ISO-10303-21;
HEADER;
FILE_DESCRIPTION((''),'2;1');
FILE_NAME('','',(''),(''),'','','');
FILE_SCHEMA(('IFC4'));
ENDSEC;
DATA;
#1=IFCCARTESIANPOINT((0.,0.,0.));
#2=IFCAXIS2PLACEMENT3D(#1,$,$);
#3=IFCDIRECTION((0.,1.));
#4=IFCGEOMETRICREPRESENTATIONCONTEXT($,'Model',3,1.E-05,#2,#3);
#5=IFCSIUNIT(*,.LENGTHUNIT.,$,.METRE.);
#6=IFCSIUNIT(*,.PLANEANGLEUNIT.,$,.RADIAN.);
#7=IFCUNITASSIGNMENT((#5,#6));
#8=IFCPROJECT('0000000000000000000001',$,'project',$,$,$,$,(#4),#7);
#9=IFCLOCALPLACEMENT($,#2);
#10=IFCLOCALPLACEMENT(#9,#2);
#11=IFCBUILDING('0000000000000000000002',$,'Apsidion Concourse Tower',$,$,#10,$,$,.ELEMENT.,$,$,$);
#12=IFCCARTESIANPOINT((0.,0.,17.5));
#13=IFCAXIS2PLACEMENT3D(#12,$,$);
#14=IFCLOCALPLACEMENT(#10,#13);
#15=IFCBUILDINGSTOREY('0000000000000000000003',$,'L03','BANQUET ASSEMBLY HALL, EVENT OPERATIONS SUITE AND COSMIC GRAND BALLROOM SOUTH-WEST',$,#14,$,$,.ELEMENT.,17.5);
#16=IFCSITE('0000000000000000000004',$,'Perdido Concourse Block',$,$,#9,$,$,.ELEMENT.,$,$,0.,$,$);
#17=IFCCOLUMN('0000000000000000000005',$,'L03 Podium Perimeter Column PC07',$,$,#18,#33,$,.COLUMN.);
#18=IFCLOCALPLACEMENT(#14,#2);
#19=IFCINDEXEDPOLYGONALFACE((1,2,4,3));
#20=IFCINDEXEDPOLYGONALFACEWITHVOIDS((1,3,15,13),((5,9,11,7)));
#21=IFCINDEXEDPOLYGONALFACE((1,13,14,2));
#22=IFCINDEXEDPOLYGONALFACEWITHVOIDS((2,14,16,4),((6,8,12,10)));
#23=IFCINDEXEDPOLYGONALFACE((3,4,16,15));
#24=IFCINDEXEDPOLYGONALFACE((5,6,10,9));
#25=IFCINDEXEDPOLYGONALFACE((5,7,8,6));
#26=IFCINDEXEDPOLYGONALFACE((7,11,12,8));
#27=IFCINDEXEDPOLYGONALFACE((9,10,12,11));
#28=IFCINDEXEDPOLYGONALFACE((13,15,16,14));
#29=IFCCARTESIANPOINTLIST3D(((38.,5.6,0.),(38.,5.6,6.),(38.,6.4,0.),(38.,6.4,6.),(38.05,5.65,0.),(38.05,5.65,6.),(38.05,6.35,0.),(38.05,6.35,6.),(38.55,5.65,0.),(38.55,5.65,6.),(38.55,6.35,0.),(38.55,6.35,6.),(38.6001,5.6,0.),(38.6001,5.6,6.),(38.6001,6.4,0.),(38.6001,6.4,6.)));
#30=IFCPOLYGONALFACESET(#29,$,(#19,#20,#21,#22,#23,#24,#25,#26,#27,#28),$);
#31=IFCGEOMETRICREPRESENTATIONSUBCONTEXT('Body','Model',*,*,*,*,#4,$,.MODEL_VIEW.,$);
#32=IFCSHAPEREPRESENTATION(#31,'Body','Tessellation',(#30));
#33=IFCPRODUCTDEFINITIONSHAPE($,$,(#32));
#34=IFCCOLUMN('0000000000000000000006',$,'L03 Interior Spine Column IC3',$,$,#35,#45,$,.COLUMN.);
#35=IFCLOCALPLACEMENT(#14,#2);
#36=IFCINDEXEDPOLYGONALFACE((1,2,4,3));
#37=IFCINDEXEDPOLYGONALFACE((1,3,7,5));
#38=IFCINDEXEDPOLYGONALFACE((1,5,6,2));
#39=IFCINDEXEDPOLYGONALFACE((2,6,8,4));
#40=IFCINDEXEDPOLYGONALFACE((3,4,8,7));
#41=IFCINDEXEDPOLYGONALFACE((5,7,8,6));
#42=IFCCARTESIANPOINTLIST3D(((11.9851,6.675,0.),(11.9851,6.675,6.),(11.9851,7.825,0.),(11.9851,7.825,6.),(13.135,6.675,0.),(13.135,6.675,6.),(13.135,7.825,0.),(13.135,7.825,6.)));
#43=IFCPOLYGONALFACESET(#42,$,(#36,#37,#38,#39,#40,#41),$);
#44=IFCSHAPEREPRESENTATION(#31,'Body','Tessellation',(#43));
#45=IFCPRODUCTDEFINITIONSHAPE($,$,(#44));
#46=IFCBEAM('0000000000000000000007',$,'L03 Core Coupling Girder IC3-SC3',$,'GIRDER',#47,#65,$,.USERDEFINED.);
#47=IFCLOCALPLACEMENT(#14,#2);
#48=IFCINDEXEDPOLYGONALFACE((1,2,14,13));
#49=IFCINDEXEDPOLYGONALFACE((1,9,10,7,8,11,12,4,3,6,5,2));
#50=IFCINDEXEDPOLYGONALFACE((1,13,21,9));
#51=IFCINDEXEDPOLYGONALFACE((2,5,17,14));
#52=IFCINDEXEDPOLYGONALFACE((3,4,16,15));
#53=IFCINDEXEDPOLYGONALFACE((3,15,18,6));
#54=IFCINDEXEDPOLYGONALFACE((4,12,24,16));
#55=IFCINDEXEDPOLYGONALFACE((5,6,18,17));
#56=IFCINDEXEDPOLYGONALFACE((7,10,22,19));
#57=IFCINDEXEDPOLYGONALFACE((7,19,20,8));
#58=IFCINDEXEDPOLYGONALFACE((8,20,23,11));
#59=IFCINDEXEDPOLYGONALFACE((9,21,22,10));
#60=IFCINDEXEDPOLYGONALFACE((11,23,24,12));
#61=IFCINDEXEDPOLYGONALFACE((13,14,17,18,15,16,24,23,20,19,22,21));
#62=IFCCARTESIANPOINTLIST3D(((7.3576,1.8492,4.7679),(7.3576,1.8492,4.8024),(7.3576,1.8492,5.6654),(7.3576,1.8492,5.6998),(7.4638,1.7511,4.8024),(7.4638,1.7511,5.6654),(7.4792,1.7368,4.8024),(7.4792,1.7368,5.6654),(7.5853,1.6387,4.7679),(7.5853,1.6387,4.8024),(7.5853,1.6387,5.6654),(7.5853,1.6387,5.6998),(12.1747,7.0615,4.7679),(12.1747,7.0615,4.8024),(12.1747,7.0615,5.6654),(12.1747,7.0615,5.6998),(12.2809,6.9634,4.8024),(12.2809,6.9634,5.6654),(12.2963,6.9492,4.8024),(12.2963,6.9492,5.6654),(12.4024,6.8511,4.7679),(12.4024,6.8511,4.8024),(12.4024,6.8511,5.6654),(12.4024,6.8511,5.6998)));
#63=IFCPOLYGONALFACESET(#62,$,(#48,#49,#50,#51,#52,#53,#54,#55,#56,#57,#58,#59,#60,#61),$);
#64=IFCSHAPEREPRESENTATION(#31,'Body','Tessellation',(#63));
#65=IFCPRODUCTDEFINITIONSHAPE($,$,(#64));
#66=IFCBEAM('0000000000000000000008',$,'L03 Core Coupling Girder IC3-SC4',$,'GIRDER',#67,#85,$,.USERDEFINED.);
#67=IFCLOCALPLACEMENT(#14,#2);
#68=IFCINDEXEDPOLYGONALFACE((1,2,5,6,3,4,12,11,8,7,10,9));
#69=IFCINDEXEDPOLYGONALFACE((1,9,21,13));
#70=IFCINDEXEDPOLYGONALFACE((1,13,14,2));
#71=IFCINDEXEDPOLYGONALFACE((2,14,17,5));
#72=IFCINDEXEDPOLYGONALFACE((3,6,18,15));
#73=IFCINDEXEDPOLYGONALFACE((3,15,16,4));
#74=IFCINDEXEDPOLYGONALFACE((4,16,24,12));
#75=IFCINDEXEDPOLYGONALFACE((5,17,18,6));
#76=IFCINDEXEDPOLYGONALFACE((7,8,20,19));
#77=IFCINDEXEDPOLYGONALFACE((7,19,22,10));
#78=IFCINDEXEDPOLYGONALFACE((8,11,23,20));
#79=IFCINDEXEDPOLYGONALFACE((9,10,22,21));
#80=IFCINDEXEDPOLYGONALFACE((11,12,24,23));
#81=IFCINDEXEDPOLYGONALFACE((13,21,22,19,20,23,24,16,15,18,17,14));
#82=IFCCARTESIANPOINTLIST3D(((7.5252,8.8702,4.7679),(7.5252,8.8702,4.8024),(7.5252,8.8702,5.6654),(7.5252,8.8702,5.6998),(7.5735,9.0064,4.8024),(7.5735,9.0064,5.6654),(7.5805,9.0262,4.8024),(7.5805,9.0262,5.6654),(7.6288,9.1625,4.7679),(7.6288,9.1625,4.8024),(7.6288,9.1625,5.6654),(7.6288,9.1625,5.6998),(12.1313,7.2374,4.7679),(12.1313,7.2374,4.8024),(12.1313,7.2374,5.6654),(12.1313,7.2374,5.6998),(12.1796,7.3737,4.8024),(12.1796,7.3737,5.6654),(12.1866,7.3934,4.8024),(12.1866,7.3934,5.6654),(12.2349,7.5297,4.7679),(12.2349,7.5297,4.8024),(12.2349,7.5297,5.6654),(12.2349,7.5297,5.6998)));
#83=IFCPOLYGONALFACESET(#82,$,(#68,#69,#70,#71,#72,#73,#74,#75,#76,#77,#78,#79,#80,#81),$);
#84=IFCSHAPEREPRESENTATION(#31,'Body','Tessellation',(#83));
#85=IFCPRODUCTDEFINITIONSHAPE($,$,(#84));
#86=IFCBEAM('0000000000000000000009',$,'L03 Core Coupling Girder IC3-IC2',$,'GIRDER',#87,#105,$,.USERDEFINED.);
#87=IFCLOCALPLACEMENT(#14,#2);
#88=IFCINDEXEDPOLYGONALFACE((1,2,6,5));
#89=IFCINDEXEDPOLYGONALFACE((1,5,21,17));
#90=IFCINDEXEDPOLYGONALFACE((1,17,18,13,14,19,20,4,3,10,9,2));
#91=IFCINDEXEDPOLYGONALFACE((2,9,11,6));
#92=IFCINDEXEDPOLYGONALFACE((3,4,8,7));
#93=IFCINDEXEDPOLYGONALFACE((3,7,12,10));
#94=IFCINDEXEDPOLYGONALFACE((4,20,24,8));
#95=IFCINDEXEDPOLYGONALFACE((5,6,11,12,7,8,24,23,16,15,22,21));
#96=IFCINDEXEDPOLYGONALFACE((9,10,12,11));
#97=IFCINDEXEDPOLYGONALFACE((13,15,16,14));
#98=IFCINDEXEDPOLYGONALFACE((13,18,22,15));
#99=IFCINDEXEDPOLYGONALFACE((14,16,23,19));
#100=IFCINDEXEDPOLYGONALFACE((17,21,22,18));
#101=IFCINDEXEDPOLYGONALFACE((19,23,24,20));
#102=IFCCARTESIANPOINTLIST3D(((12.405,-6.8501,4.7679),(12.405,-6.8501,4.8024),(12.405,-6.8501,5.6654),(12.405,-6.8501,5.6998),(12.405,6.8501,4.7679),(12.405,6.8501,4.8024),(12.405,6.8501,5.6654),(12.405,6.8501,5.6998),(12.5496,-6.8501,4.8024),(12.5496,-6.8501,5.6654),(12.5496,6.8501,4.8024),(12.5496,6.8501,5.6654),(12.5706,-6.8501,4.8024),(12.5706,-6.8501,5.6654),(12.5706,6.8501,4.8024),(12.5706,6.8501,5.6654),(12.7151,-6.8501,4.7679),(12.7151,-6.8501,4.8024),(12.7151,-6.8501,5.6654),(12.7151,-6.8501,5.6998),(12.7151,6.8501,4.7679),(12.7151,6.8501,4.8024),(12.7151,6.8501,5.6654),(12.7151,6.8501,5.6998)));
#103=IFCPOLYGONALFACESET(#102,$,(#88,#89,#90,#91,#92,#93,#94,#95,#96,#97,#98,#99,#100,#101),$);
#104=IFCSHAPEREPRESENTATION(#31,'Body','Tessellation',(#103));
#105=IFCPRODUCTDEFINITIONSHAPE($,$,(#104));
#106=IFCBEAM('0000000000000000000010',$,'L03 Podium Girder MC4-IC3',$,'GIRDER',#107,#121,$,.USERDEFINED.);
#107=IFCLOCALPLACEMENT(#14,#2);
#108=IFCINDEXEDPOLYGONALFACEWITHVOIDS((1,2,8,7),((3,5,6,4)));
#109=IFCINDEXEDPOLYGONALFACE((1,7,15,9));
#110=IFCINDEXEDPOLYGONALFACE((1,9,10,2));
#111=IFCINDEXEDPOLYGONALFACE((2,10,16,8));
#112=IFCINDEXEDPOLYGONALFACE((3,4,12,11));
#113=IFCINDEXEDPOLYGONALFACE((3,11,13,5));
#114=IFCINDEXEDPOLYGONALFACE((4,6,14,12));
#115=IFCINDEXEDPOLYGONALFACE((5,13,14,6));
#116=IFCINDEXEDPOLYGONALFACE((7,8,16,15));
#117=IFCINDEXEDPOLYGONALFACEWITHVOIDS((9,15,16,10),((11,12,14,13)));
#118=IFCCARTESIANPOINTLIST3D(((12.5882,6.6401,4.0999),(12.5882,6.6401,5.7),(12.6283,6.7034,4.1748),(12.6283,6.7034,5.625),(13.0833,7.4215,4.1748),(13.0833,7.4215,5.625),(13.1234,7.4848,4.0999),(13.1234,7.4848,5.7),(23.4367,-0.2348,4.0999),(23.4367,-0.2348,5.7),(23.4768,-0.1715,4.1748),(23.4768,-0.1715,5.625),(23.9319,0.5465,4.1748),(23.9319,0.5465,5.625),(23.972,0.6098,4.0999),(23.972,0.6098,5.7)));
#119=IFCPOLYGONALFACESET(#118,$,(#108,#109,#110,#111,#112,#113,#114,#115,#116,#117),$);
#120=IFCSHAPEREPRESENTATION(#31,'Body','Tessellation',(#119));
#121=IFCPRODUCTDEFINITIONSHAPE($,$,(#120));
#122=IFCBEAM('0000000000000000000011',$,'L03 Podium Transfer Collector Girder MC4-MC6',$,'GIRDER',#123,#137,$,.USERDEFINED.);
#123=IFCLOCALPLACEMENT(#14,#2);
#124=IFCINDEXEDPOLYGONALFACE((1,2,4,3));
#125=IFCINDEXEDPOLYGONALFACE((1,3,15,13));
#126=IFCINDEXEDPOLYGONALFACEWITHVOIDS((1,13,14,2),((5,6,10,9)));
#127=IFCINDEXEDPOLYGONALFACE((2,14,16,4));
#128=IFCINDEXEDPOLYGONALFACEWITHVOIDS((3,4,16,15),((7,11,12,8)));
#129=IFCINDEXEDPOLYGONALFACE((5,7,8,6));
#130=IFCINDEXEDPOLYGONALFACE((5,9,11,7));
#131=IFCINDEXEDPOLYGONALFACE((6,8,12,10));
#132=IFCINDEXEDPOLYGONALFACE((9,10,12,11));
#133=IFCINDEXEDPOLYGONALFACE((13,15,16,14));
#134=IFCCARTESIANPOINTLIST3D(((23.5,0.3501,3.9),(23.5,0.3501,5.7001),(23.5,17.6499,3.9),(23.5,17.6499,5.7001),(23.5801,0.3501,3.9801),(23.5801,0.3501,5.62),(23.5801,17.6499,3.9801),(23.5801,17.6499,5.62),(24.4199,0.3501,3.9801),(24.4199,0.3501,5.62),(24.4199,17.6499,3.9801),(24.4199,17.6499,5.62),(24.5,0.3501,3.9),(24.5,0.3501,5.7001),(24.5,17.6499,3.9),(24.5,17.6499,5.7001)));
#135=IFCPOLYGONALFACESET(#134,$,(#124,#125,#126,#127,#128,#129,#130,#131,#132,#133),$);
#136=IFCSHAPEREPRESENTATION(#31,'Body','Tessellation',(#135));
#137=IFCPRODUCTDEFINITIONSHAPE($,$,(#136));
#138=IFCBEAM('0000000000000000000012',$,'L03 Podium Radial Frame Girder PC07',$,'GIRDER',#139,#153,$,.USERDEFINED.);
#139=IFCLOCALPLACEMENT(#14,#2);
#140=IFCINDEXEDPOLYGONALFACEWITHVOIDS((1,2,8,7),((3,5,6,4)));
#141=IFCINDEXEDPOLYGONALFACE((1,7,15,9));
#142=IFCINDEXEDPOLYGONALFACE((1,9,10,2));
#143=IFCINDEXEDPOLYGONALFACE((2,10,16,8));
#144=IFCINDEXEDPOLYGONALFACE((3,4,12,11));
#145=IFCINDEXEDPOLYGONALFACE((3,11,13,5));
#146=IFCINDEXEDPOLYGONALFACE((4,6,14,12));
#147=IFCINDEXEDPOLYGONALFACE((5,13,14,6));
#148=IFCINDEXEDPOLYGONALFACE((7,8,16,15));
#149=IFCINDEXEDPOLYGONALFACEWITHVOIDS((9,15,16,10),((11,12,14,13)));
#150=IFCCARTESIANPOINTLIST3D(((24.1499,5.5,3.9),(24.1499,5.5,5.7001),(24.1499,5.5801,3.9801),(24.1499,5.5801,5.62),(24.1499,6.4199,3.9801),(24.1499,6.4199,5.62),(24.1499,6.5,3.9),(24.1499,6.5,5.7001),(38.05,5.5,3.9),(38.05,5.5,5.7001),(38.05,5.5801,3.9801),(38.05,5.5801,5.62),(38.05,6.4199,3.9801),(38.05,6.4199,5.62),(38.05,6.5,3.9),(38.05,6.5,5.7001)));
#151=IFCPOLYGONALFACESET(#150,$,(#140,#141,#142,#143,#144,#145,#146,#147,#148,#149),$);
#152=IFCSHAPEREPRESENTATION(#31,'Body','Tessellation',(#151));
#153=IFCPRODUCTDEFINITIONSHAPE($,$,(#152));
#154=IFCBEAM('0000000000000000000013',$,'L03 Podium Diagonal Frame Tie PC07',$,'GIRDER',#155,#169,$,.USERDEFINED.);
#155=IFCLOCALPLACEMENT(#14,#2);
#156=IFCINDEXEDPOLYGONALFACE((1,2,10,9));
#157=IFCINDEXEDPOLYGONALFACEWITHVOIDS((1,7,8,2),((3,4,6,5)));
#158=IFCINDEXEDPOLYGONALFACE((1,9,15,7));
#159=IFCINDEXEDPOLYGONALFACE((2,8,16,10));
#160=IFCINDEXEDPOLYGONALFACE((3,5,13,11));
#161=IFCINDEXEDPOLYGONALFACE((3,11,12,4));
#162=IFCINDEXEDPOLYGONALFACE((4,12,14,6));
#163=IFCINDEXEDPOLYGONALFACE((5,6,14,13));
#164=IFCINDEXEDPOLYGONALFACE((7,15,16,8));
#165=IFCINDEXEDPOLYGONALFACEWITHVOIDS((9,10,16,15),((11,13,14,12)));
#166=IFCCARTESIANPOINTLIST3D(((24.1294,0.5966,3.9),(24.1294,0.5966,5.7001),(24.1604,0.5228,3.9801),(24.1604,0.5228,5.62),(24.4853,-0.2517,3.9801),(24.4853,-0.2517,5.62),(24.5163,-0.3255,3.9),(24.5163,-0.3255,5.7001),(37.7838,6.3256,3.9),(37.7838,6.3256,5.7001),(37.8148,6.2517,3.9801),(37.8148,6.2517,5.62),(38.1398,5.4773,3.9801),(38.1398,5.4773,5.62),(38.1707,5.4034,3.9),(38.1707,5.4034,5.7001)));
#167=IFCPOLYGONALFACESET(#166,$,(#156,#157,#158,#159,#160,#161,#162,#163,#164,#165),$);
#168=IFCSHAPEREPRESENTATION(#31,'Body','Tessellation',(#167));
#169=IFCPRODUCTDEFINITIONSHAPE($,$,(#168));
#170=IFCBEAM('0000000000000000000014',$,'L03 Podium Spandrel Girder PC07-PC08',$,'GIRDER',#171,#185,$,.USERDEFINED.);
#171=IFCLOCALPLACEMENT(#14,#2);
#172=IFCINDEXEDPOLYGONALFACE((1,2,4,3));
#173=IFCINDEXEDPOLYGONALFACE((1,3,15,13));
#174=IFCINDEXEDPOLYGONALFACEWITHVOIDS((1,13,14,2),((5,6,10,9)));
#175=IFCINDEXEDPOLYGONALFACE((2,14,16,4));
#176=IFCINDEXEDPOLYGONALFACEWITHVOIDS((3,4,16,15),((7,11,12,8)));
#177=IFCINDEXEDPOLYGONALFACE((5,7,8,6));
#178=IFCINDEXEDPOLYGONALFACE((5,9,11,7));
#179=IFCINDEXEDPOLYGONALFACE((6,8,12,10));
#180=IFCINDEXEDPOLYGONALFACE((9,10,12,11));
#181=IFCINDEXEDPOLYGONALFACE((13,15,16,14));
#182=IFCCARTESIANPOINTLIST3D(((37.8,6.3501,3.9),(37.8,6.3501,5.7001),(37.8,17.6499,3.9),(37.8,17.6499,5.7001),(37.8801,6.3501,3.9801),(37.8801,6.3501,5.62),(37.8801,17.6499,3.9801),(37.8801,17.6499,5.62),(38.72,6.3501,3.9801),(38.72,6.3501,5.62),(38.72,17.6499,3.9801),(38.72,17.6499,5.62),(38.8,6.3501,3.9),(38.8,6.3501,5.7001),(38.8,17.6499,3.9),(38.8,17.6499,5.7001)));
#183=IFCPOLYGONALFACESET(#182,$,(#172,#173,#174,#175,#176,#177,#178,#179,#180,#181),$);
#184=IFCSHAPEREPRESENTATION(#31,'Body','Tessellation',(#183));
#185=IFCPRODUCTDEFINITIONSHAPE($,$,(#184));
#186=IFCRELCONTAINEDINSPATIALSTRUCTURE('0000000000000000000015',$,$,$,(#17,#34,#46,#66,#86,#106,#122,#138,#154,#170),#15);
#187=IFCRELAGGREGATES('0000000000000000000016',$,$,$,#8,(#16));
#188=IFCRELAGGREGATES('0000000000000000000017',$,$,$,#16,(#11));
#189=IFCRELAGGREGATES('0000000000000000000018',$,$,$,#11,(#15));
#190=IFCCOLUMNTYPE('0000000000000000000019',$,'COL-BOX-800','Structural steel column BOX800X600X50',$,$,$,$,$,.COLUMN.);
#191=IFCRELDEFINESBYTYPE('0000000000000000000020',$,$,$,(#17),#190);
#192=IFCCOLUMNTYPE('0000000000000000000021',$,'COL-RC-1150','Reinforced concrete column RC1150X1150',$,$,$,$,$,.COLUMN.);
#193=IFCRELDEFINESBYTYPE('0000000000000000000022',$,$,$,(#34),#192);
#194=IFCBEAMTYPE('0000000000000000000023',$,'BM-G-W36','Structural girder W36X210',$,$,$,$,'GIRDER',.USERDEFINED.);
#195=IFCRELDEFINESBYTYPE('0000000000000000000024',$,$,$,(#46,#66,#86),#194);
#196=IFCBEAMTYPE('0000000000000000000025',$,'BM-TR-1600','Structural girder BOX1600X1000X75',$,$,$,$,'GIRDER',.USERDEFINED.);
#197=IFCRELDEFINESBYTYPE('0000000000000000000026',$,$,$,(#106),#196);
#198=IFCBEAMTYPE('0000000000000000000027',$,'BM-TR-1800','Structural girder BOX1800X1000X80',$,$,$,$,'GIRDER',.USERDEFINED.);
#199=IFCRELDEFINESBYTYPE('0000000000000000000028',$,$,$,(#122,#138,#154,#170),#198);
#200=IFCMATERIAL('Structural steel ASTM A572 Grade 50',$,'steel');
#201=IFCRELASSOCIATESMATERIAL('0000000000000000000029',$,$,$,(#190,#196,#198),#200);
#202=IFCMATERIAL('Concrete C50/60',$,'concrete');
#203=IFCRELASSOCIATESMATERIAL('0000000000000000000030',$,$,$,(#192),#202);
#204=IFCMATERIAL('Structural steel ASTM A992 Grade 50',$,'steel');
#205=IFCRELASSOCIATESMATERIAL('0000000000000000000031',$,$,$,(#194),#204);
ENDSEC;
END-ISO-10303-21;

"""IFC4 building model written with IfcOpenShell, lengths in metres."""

from ifc_helpers import new_model, si_unit, direction, frame, origin, origin_2d, place, context, subcontext, project, spatial, rectangle, hollow_rectangle, i_section, extrude, material, material_profile, profile_set, type_object, element, save


model = new_model("IFC4")

# Units and contexts
model_context = context("Model", 3, precision=1e-05, world=origin(), true_north=direction((0.0, 1.0)))
body_context = subcontext(model_context, "Body", "Model", "MODEL_VIEW")
ifc_project = project(units=[si_unit("LENGTHUNIT", "METRE"), si_unit("PLANEANGLEUNIT", "RADIAN")], contexts=[model_context])

# Site, building, storey
site_placement = place(None, origin())
site = spatial("IfcSite", under=ifc_project, at=site_placement, Name="Perdido Concourse Block", CompositionType="ELEMENT", RefElevation=0.0)
building_placement = place(site_placement, origin())
building = spatial("IfcBuilding", under=site, at=building_placement, Name="Apsidion Concourse Tower", CompositionType="ELEMENT")
storey_placement = place(building_placement, frame((0.0, 0.0, 17.5)))
storey = spatial("IfcBuildingStorey", under=building, at=storey_placement, Name="L03", Description="BANQUET ASSEMBLY HALL, EVENT OPERATIONS SUITE AND COSMIC GRAND BALLROOM SOUTH-WEST", CompositionType="ELEMENT", Elevation=17.5)

# Columns
ifc_material_1 = material(Name="Structural steel ASTM A572 Grade 50", Category="steel")
ifc_material_profile_1 = material_profile(ifc_material_1, hollow_rectangle(XDim=0.6001, YDim=0.8, WallThickness=0.05, at=origin_2d()), Name="BOX800X600X50")
ifc_profile_set_1 = profile_set([ifc_material_profile_1], Name="Structural steel ASTM A572 Grade 50")
column_type_1 = type_object("IfcColumnType", Name="COL-BOX-800", Description="Structural steel column BOX800X600X50", PredefinedType="COLUMN", material=ifc_profile_set_1)
column_1_placement = place(storey_placement, frame((38.3, 6.0, 0.0), z_axis=(0.0, 0.0, 1.0), x_axis=(1.0, 0.0, 0.0)))
element("IfcColumn", 1, at=column_1_placement, inside=storey, type_object=column_type_1, Name="L03 Podium Perimeter Column PC07", PredefinedType="COLUMN", context=body_context, shape_type="SweptSolid", body=[
    extrude(hollow_rectangle(XDim=0.6001, YDim=0.8, WallThickness=0.05, at=origin_2d()), origin(), (0.0, 0.0, 1.0), 6.0),
])
ifc_material_2 = material(Name="Concrete C50/60", Category="concrete")
ifc_material_profile_2 = material_profile(ifc_material_2, rectangle(XDim=1.1499, YDim=1.1499, at=origin_2d()), Name="RC 1150x1150")
ifc_profile_set_2 = profile_set([ifc_material_profile_2], Name="Concrete C50/60")
column_type_2 = type_object("IfcColumnType", Name="COL-RC-1150", Description="Reinforced concrete column RC1150X1150", PredefinedType="COLUMN", material=ifc_profile_set_2)
column_2_placement = place(storey_placement, frame((12.5601, 7.25, 0.0), z_axis=(0.0, 0.0, 1.0), x_axis=(1.0, 0.0, 0.0)))
element("IfcColumn", 2, at=column_2_placement, inside=storey, type_object=column_type_2, Name="L03 Interior Spine Column IC3", PredefinedType="COLUMN", context=body_context, shape_type="SweptSolid", body=[
    extrude(rectangle(XDim=1.1499, YDim=1.1499, at=origin_2d()), origin(), (0.0, 0.0, 1.0), 6.0),
])

# Beams
ifc_material_3 = material(Name="Structural steel ASTM A992 Grade 50", Category="steel")
ifc_material_profile_3 = material_profile(ifc_material_3, i_section(OverallWidth=0.3101, OverallDepth=0.9319, WebThickness=0.021, FlangeThickness=0.0344, at=origin_2d()), Name="W36X210")
ifc_profile_set_3 = profile_set([ifc_material_profile_3], Name="Structural steel ASTM A992 Grade 50")
beam_type_1 = type_object("IfcBeamType", Name="BM-G-W36", Description="Structural girder W36X210", ElementType="GIRDER", PredefinedType="USERDEFINED", material=ifc_profile_set_3)
beam_1_placement = place(storey_placement, frame((12.2886, 6.9563, 5.2339), z_axis=(-0.678713, -0.734404, 0.0), x_axis=(0.734404, -0.678713, 0.0)))
element("IfcBeam", 3, at=beam_1_placement, inside=storey, type_object=beam_type_1, Name="L03 Core Coupling Girder IC3-SC3", ObjectType="GIRDER", PredefinedType="USERDEFINED", context=body_context, shape_type="SweptSolid", body=[
    extrude(i_section(OverallWidth=0.3101, OverallDepth=0.9319, WebThickness=0.021, FlangeThickness=0.0344, at=origin_2d()), origin(), (0.0, 0.0, 1.0), 7.0974),
])
beam_2_placement = place(storey_placement, frame((12.1831, 7.3835, 5.2339), z_axis=(-0.942534, 0.334111, 0.0), x_axis=(-0.334111, -0.942534, 0.0)))
element("IfcBeam", 4, at=beam_2_placement, inside=storey, type_object=beam_type_1, Name="L03 Core Coupling Girder IC3-SC4", ObjectType="GIRDER", PredefinedType="USERDEFINED", context=body_context, shape_type="SweptSolid", body=[
    extrude(i_section(OverallWidth=0.3101, OverallDepth=0.9319, WebThickness=0.021, FlangeThickness=0.0344, at=origin_2d()), origin(), (0.0, 0.0, 1.0), 4.887),
])
beam_3_placement = place(storey_placement, frame((12.5601, 6.8501, 5.2339), z_axis=(0.0, -1.0, 0.0), x_axis=(1.0, 0.0, 0.0)))
element("IfcBeam", 5, at=beam_3_placement, inside=storey, type_object=beam_type_1, Name="L03 Core Coupling Girder IC3-IC2", ObjectType="GIRDER", PredefinedType="USERDEFINED", context=body_context, shape_type="SweptSolid", body=[
    extrude(i_section(OverallWidth=0.3101, OverallDepth=0.9319, WebThickness=0.021, FlangeThickness=0.0344, at=origin_2d()), origin(), (0.0, 0.0, 1.0), 13.7002),
])
ifc_material_profile_4 = material_profile(ifc_material_1, hollow_rectangle(XDim=1.0, YDim=1.6001, WallThickness=0.075, at=origin_2d()), Name="BOX1600X1000X75")
ifc_profile_set_4 = profile_set([ifc_material_profile_4], Name="Structural steel ASTM A572 Grade 50")
beam_type_2 = type_object("IfcBeamType", Name="BM-TR-1600", Description="Structural girder BOX1600X1000X75", ElementType="GIRDER", PredefinedType="USERDEFINED", material=ifc_profile_set_4)
beam_4_placement = place(storey_placement, frame((23.7043, 0.1875, 4.8999), z_axis=(-0.844671, 0.535285, 0.0), x_axis=(-0.535285, -0.844671, 0.0)))
element("IfcBeam", 6, at=beam_4_placement, inside=storey, type_object=beam_type_2, Name="L03 Podium Girder MC4-IC3", ObjectType="GIRDER", PredefinedType="USERDEFINED", context=body_context, shape_type="SweptSolid", body=[
    extrude(hollow_rectangle(XDim=1.0, YDim=1.6001, WallThickness=0.075, at=origin_2d()), origin(), (0.0, 0.0, 1.0), 12.8435),
])
ifc_material_profile_5 = material_profile(ifc_material_1, hollow_rectangle(XDim=1.0, YDim=1.8, WallThickness=0.0801, at=origin_2d()), Name="BOX1800X1000X80")
ifc_profile_set_5 = profile_set([ifc_material_profile_5], Name="Structural steel ASTM A572 Grade 50")
beam_type_3 = type_object("IfcBeamType", Name="BM-TR-1800", Description="Structural girder BOX1800X1000X80", ElementType="GIRDER", PredefinedType="USERDEFINED", material=ifc_profile_set_5)
beam_5_placement = place(storey_placement, frame((24.0, 0.3501, 4.8), z_axis=(0.0, 1.0, 0.0), x_axis=(-1.0, 0.0, 0.0)))
element("IfcBeam", 7, at=beam_5_placement, inside=storey, type_object=beam_type_3, Name="L03 Podium Transfer Collector Girder MC4-MC6", ObjectType="GIRDER", PredefinedType="USERDEFINED", context=body_context, shape_type="SweptSolid", body=[
    extrude(hollow_rectangle(XDim=1.0, YDim=1.8, WallThickness=0.0801, at=origin_2d()), origin(), (0.0, 0.0, 1.0), 17.2998),
])
beam_6_placement = place(storey_placement, frame((38.05, 6.0, 4.8), z_axis=(-1.0, 0.0, 0.0), x_axis=(0.0, -1.0, 0.0)))
element("IfcBeam", 8, at=beam_6_placement, inside=storey, type_object=beam_type_3, Name="L03 Podium Radial Frame Girder PC07", ObjectType="GIRDER", PredefinedType="USERDEFINED", context=body_context, shape_type="SweptSolid", body=[
    extrude(hollow_rectangle(XDim=1.0, YDim=1.8, WallThickness=0.0801, at=origin_2d()), origin(), (0.0, 0.0, 1.0), 13.9001),
])
beam_7_placement = place(storey_placement, frame((37.9773, 5.8645, 4.8), z_axis=(-0.922124, -0.386894, 0.0), x_axis=(0.386894, -0.922124, 0.0)))
element("IfcBeam", 9, at=beam_7_placement, inside=storey, type_object=beam_type_3, Name="L03 Podium Diagonal Frame Tie PC07", ObjectType="GIRDER", PredefinedType="USERDEFINED", context=body_context, shape_type="SweptSolid", body=[
    extrude(hollow_rectangle(XDim=1.0, YDim=1.8, WallThickness=0.0801, at=origin_2d()), origin(), (0.0, 0.0, 1.0), 14.8076),
])
beam_8_placement = place(storey_placement, frame((38.3, 6.3501, 4.8), z_axis=(0.0, 1.0, 0.0), x_axis=(-1.0, 0.0, 0.0)))
element("IfcBeam", 10, at=beam_8_placement, inside=storey, type_object=beam_type_3, Name="L03 Podium Spandrel Girder PC07-PC08", ObjectType="GIRDER", PredefinedType="USERDEFINED", context=body_context, shape_type="SweptSolid", body=[
    extrude(hollow_rectangle(XDim=1.0, YDim=1.8, WallThickness=0.0801, at=origin_2d()), origin(), (0.0, 0.0, 1.0), 11.2998),
])

save(model, "model.ifc")
